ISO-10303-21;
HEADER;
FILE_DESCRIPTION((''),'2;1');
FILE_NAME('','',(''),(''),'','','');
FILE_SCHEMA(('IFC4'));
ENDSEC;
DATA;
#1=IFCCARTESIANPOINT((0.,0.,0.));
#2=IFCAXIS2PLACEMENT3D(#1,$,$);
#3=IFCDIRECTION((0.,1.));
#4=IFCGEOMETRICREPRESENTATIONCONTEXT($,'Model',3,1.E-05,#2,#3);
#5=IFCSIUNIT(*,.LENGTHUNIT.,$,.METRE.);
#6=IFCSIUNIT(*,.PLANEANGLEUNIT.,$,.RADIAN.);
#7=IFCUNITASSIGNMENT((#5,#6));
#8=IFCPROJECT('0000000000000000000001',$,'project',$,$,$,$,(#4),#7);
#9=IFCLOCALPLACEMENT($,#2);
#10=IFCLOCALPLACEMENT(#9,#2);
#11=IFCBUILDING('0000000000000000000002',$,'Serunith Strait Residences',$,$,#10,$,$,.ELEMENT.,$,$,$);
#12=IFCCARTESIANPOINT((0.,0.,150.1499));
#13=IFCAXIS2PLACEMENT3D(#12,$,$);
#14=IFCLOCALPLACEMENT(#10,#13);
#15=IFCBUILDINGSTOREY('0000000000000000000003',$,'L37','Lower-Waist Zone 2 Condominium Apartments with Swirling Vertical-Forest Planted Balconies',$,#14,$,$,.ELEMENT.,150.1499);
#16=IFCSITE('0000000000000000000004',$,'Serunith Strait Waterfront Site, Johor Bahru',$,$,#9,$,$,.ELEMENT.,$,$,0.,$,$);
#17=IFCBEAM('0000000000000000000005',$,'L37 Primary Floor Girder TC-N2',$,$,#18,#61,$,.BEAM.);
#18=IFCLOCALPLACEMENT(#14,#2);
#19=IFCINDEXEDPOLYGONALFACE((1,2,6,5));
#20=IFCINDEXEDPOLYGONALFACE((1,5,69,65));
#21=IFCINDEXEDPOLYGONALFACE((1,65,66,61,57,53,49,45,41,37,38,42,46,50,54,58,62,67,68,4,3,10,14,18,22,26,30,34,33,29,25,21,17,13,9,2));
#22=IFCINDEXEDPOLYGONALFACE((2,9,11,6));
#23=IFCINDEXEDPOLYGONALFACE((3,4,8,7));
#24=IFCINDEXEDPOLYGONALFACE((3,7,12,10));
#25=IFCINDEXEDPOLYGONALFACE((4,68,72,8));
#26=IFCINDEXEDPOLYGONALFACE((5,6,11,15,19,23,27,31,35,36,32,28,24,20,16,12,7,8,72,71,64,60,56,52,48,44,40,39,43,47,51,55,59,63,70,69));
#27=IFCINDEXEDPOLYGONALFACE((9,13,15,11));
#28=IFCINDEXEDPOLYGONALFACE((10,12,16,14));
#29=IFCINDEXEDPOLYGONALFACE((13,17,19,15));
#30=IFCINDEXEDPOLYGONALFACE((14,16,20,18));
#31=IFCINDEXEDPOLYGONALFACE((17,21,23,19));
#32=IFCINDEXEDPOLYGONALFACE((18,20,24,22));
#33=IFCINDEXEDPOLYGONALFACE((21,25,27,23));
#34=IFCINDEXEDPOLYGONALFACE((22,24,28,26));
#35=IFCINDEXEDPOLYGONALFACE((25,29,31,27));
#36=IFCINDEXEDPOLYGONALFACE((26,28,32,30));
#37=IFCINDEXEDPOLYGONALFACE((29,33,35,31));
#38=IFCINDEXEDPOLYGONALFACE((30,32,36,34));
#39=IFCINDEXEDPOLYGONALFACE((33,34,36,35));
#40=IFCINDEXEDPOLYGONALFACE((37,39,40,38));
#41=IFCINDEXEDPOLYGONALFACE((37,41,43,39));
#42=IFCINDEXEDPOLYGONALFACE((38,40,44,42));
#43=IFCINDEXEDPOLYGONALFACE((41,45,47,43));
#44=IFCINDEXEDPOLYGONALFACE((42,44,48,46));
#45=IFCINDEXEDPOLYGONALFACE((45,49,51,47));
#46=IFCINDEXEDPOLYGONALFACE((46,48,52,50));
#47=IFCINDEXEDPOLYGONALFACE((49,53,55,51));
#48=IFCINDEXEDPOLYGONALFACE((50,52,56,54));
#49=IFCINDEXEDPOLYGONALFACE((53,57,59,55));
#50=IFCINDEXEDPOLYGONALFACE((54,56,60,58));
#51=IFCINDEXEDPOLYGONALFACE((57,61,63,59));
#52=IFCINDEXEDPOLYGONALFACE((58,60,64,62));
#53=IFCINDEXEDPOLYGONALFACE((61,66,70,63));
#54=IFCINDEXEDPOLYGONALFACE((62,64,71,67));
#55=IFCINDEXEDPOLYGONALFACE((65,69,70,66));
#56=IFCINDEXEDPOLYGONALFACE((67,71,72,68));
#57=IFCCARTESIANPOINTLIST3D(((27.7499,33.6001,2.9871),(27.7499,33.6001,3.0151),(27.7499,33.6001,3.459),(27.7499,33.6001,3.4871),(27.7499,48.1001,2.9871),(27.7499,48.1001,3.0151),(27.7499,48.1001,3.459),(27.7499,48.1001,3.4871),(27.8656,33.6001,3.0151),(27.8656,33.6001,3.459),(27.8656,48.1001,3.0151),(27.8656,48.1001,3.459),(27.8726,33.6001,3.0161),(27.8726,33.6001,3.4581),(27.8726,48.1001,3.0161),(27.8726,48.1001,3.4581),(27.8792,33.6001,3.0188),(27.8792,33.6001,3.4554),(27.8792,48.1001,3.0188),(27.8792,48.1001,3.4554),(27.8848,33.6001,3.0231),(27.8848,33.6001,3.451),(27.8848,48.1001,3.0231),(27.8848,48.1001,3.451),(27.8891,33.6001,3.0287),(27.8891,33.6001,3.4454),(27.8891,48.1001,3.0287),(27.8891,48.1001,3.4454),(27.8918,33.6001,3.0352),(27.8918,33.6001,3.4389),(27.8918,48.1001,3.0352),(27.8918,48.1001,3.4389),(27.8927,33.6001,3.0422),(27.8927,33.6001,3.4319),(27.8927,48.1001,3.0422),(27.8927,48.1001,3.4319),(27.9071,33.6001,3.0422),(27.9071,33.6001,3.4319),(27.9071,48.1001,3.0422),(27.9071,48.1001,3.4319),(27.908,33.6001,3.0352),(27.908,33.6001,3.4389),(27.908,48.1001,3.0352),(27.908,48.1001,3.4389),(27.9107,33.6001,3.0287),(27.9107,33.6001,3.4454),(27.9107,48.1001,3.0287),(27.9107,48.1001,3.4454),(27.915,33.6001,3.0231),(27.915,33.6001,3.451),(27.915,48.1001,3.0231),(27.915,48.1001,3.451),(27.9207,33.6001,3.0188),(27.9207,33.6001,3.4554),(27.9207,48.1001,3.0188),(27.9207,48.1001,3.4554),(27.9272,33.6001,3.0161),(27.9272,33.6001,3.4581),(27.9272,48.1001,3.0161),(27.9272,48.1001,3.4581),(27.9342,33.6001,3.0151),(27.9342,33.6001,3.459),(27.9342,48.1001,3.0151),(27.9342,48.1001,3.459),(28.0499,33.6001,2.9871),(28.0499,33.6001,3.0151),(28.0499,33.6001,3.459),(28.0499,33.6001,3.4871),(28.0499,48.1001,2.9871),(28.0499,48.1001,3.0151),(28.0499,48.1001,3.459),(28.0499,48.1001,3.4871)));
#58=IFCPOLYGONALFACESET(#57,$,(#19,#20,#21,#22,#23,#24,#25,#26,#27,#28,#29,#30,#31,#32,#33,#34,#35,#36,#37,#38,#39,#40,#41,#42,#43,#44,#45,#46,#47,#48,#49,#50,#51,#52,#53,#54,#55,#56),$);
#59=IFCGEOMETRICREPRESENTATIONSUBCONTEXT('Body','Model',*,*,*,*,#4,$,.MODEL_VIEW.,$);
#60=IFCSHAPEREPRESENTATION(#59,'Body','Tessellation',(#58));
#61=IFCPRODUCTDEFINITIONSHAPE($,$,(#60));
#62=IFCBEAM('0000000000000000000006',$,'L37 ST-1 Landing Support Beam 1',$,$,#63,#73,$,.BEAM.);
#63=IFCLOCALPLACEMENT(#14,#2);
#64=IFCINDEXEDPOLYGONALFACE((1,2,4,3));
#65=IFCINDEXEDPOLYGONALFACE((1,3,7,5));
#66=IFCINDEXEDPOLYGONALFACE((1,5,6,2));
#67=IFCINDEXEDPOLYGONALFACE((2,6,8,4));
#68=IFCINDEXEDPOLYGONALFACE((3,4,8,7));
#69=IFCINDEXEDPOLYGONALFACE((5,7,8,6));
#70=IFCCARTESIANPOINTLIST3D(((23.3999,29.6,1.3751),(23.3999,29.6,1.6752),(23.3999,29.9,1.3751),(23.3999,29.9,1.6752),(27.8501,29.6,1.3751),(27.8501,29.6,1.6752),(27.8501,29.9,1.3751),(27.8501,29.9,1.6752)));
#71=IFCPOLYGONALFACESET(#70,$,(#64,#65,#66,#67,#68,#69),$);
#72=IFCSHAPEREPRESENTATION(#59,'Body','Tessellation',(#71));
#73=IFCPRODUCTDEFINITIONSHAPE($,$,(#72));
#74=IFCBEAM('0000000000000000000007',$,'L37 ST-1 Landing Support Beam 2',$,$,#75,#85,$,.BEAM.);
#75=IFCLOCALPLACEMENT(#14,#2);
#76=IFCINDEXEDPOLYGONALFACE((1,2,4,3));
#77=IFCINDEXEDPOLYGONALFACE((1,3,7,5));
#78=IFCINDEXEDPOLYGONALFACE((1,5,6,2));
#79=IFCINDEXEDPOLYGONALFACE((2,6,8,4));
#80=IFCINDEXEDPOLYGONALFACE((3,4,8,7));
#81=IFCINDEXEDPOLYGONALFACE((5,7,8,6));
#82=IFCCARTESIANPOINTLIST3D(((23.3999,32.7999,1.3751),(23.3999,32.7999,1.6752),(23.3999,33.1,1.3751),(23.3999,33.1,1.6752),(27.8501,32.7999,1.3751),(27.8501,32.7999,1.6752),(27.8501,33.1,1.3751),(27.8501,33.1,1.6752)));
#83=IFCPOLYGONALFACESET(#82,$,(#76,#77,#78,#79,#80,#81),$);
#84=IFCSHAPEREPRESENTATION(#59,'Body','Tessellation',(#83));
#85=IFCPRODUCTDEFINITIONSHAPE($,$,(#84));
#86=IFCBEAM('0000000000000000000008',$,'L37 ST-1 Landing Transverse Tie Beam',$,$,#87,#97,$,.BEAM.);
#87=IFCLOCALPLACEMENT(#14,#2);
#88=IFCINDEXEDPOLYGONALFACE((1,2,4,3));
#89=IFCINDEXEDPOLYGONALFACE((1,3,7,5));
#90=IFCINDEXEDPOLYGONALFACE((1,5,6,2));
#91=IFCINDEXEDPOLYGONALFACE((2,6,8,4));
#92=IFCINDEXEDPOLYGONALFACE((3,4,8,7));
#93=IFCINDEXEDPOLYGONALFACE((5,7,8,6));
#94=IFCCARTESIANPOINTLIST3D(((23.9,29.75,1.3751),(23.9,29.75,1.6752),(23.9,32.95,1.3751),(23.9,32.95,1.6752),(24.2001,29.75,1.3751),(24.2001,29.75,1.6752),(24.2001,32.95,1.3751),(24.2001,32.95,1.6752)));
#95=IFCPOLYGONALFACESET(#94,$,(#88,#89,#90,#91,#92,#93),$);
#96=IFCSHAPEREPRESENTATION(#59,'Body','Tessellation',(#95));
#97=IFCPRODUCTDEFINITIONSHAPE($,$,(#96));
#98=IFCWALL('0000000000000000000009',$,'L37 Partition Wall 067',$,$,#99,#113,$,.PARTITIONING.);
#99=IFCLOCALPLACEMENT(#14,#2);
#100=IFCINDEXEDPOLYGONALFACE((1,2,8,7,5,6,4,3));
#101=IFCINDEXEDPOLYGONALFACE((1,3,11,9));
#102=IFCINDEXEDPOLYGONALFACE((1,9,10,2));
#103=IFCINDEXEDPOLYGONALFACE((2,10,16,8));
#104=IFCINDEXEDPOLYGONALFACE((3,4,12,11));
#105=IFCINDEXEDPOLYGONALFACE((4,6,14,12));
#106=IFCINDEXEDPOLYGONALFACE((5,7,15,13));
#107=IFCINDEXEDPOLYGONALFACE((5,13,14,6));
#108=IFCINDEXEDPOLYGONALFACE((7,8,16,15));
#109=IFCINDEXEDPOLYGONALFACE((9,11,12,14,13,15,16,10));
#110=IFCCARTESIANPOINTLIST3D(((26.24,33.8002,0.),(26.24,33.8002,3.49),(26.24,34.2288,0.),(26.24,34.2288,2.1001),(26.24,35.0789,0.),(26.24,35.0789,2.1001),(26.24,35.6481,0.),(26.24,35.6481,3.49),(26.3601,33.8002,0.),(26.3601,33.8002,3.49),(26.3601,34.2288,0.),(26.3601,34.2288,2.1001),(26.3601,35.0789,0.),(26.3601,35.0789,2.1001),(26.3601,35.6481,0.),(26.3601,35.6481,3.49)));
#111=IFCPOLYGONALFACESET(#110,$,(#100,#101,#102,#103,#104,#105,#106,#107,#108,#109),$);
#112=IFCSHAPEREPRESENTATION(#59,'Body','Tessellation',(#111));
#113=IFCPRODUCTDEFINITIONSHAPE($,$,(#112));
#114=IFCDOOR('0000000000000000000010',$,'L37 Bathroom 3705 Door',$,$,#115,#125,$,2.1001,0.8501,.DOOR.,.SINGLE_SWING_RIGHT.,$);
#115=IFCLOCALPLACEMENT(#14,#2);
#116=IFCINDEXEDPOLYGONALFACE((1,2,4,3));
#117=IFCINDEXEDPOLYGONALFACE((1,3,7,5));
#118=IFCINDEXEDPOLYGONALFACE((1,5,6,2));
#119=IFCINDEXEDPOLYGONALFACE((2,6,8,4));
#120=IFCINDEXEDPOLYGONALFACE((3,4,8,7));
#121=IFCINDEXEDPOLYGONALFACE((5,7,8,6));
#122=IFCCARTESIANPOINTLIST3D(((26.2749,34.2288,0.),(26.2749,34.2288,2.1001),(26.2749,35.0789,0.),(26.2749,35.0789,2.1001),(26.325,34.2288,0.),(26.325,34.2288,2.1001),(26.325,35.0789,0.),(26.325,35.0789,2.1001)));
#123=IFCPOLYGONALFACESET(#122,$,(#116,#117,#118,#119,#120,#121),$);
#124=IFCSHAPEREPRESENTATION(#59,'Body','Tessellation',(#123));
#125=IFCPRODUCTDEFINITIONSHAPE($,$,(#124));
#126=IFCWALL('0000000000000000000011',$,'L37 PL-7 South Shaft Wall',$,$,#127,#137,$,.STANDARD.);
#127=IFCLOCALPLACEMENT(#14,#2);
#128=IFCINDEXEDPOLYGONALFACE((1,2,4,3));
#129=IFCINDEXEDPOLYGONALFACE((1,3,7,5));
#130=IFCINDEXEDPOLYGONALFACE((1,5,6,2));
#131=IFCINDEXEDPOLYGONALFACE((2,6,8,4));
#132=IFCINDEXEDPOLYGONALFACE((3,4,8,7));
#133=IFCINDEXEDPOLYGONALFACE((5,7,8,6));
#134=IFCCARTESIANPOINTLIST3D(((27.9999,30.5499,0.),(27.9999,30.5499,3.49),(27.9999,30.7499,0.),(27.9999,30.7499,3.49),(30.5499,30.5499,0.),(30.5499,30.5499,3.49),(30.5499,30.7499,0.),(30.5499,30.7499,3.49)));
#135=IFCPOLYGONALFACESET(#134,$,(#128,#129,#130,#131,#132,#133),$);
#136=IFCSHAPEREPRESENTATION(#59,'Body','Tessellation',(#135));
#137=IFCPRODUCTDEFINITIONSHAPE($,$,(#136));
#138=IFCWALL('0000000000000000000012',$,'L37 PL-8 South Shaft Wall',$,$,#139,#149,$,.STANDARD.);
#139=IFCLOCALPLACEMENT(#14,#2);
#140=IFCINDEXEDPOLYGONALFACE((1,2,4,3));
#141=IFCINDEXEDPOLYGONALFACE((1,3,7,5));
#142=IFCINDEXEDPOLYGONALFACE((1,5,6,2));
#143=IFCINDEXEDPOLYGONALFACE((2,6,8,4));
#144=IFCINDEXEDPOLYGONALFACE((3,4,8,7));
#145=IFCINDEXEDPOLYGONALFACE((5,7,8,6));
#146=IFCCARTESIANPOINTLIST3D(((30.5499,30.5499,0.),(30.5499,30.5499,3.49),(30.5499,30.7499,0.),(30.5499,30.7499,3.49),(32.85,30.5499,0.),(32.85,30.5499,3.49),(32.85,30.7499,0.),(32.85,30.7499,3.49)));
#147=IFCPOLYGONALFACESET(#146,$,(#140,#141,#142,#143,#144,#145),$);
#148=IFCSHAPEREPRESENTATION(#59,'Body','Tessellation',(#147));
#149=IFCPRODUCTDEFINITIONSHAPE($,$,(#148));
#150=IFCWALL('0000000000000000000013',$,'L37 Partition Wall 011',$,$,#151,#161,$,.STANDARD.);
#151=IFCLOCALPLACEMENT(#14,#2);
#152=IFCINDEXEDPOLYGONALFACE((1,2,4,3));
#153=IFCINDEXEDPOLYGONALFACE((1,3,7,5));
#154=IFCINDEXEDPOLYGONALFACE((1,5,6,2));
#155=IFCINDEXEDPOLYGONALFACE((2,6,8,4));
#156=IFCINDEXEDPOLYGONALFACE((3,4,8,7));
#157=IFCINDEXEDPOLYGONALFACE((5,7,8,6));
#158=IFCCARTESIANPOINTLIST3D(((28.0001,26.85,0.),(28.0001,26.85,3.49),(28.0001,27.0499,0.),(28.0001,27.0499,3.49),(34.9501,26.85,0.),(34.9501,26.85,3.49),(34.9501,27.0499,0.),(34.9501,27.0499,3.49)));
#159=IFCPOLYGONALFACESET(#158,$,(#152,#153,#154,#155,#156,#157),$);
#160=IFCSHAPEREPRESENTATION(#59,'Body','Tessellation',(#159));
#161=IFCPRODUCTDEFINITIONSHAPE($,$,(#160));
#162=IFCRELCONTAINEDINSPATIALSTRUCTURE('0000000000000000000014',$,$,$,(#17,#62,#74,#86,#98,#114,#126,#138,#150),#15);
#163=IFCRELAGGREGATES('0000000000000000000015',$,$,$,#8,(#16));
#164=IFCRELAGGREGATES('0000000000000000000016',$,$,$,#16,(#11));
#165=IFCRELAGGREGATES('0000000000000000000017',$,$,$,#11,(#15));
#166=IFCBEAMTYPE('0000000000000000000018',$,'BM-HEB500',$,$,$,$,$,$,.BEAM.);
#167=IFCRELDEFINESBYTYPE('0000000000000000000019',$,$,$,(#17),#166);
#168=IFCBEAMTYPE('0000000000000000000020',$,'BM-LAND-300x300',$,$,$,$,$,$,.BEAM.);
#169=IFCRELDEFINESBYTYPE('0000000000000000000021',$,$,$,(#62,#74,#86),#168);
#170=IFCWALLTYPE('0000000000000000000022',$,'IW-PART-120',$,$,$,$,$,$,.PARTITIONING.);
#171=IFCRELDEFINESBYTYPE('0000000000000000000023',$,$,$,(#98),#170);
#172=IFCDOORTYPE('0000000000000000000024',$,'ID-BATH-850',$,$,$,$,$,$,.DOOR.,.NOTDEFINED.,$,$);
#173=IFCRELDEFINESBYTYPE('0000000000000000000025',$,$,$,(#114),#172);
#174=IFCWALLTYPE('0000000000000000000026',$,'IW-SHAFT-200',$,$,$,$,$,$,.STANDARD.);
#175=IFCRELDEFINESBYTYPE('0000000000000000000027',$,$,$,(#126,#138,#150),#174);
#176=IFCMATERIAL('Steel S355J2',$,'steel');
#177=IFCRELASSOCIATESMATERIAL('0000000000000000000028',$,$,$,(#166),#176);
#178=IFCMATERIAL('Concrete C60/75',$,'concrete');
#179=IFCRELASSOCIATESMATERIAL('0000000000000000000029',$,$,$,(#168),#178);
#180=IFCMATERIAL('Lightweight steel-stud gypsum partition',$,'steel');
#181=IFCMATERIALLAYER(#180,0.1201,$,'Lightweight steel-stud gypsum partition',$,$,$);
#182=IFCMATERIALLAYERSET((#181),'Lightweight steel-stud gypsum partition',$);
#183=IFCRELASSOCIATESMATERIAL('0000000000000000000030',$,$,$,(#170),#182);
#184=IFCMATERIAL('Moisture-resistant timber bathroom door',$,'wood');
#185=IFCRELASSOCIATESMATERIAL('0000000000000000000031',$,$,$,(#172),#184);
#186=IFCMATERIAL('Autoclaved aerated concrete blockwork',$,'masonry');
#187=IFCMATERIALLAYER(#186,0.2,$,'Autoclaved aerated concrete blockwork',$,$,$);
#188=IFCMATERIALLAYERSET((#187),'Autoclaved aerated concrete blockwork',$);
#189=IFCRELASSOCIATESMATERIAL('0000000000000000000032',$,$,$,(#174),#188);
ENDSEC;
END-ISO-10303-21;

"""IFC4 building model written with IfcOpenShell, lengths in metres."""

from ifc_helpers import new_model, si_unit, direction, frame, frame_2d, origin, origin_2d, place, context, subcontext, project, spatial, rectangle, i_section, extrude, source, transform, mapped, material, layer, layer_set, material_profile, profile_set, type_object, element, fill, save


model = new_model("IFC4")

# Units and contexts
model_context = context("Model", 3, precision=1e-05, world=origin(), true_north=direction((0.0, 1.0)))
body_context = subcontext(model_context, "Body", "Model", "MODEL_VIEW")
ifc_project = project(units=[si_unit("LENGTHUNIT", "METRE"), si_unit("PLANEANGLEUNIT", "RADIAN")], contexts=[model_context])

# Site, building, storey
site_placement = place(None, origin())
site = spatial("IfcSite", under=ifc_project, at=site_placement, Name="Serunith Strait Waterfront Site, Johor Bahru", CompositionType="ELEMENT", RefElevation=0.0)
building_placement = place(site_placement, origin())
building = spatial("IfcBuilding", under=site, at=building_placement, Name="Serunith Strait Residences", CompositionType="ELEMENT")
storey_placement = place(building_placement, frame((0.0, 0.0, 150.1499)))
storey = spatial("IfcBuildingStorey", under=building, at=storey_placement, Name="L37", Description="Lower-Waist Zone 2 Condominium Apartments with Swirling Vertical-Forest Planted Balconies", CompositionType="ELEMENT", Elevation=150.1499)

# Beams
ifc_material_1 = material(Name="Steel S355J2", Category="steel")
ifc_material_profile_1 = material_profile(ifc_material_1, i_section(OverallWidth=0.3, OverallDepth=0.5, WebThickness=0.0144, FlangeThickness=0.0281, FilletRadius=0.0271, at=origin_2d()), Name="HEB 500")
ifc_profile_set_1 = profile_set([ifc_material_profile_1], Name="Steel S355J2")
beam_type_1 = type_object("IfcBeamType", Name="BM-HEB500", PredefinedType="BEAM", material=ifc_profile_set_1)
shared_shape_1 = source(origin(), body_context, "Body", "SweptSolid", [
    extrude(i_section(OverallWidth=0.3, OverallDepth=0.5, WebThickness=0.0144, FlangeThickness=0.0281, FilletRadius=0.0271, at=origin_2d()), origin(), (0.0, 0.0, 1.0), 14.5),
])
beam_1_placement = place(storey_placement, frame((27.8999, 33.6001, 3.2371), z_axis=(0.0, 1.0, 0.0), x_axis=(-1.0, 0.0, 0.0)))
element("IfcBeam", 1, at=beam_1_placement, inside=storey, type_object=beam_type_1, Name="L37 Primary Floor Girder TC-N2", PredefinedType="BEAM", context=body_context, shape_type="MappedRepresentation", body=[
    mapped(shared_shape_1, transform((0.0, 0.0, 0.0), scale=1.0)),
])
ifc_material_2 = material(Name="Concrete C60/75", Category="concrete")
ifc_material_profile_2 = material_profile(ifc_material_2, rectangle(XDim=0.3, YDim=0.3, at=origin_2d()), Name="RC 300x300")
ifc_profile_set_2 = profile_set([ifc_material_profile_2], Name="Concrete C60/75")
beam_type_2 = type_object("IfcBeamType", Name="BM-LAND-300x300", PredefinedType="BEAM", material=ifc_profile_set_2)
shared_shape_2 = source(origin(), body_context, "Body", "SweptSolid", [
    extrude(rectangle(XDim=0.3, YDim=0.3, at=origin_2d()), origin(), (0.0, 0.0, 1.0), 4.4502),
])
for number, where, z_axis, x_axis, name in (
    (2, (23.3999, 29.75, 1.5251), (1.0, 0.0, 0.0), (0.0, 1.0, 0.0), "L37 ST-1 Landing Support Beam 1"),
    (3, (23.3999, 32.95, 1.5251), (1.0, 0.0, 0.0), (0.0, 1.0, 0.0), "L37 ST-1 Landing Support Beam 2"),
):
    element("IfcBeam", number, at=place(storey_placement, frame(where, z_axis=z_axis, x_axis=x_axis)), inside=storey, type_object=beam_type_2, Name=name, PredefinedType="BEAM", context=body_context, shape_type="MappedRepresentation", body=[
        mapped(shared_shape_2, transform((0.0, 0.0, 0.0), scale=1.0)),
    ])
shared_shape_3 = source(origin(), body_context, "Body", "SweptSolid", [
    extrude(rectangle(XDim=0.3, YDim=0.3, at=origin_2d()), origin(), (0.0, 0.0, 1.0), 3.2),
])
beam_2_placement = place(storey_placement, frame((24.05, 29.75, 1.5251), z_axis=(0.0, 1.0, 0.0), x_axis=(-1.0, 0.0, 0.0)))
element("IfcBeam", 4, at=beam_2_placement, inside=storey, type_object=beam_type_2, Name="L37 ST-1 Landing Transverse Tie Beam", PredefinedType="BEAM", context=body_context, shape_type="MappedRepresentation", body=[
    mapped(shared_shape_3, transform((0.0, 0.0, 0.0), scale=1.0)),
])

# Wall, opening, door
ifc_material_3 = material(Name="Lightweight steel-stud gypsum partition", Category="steel")
ifc_layer_1 = layer(ifc_material_3, 0.1201, Name="Lightweight steel-stud gypsum partition")
ifc_layer_set_1 = layer_set([ifc_layer_1], Name="Lightweight steel-stud gypsum partition")
wall_type_1 = type_object("IfcWallType", Name="IW-PART-120", PredefinedType="PARTITIONING", material=ifc_layer_set_1)
wall_1_placement = place(storey_placement, frame((26.3, 35.6479, 0.0), z_axis=(0.0, 0.0, 1.0), x_axis=(0.0, -1.0, 0.0)))
wall_1 = element("IfcWall", 5, at=wall_1_placement, inside=storey, type_object=wall_type_1, Name="L37 Partition Wall 067", PredefinedType="PARTITIONING", context=body_context, shape_type="SweptSolid", body=[
    extrude(rectangle(XDim=1.8479, YDim=0.1201, at=frame_2d((0.9238, 0.0))), origin(), (0.0, 0.0, 1.0), 3.49),
])
opening_placement = place(wall_1_placement, frame((0.5691, 0.0, 0.0)))
opening = element("IfcOpeningElement", 6, at=opening_placement, cuts=wall_1, PredefinedType="OPENING", context=body_context, shape_type="SweptSolid", body=[
    extrude(rectangle(XDim=0.8501, YDim=2.1001, at=frame_2d((0.425, 1.05))), frame((0.0, 0.0701, 0.0), z_axis=(0.0, -1.0, 0.0), x_axis=(1.0, 0.0, 0.0)), (0.0, 0.0, 1.0), 0.1401),
])
ifc_material_4 = material(Name="Moisture-resistant timber bathroom door", Category="wood")
door_type = type_object("IfcDoorType", Name="ID-BATH-850", OperationType="NOTDEFINED", PredefinedType="DOOR", material=ifc_material_4)
shared_shape_4 = source(origin(), body_context, "Body", "SweptSolid", [
    extrude(rectangle(XDim=0.8501, YDim=2.1001, at=frame_2d((0.425, 1.05))), frame((0.0, 0.0249, 0.0), z_axis=(0.0, -1.0, 0.0), x_axis=(1.0, 0.0, 0.0)), (0.0, 0.0, 1.0), 0.05),
])
door_placement = place(opening_placement, origin())
door = element("IfcDoor", 7, at=door_placement, inside=storey, type_object=door_type, Name="L37 Bathroom 3705 Door", OperationType="SINGLE_SWING_RIGHT", OverallHeight=2.1001, OverallWidth=0.8501, PredefinedType="DOOR", context=body_context, shape_type="MappedRepresentation", body=[
    mapped(shared_shape_4, transform((0.0, 0.0, 0.0), scale=1.0)),
])
fill(opening, door)

# Walls
ifc_material_5 = material(Name="Autoclaved aerated concrete blockwork", Category="masonry")
ifc_layer_2 = layer(ifc_material_5, 0.2, Name="Autoclaved aerated concrete blockwork")
ifc_layer_set_2 = layer_set([ifc_layer_2], Name="Autoclaved aerated concrete blockwork")
wall_type_2 = type_object("IfcWallType", Name="IW-SHAFT-200", PredefinedType="STANDARD", material=ifc_layer_set_2)
wall_2_placement = place(storey_placement, frame((28.0, 30.6499, 0.0), z_axis=(0.0, 0.0, 1.0), x_axis=(1.0, 0.0, 0.0)))
element("IfcWall", 8, at=wall_2_placement, inside=storey, type_object=wall_type_2, Name="L37 PL-7 South Shaft Wall", PredefinedType="STANDARD", context=body_context, shape_type="SweptSolid", body=[
    extrude(rectangle(XDim=2.55, YDim=0.2, at=frame_2d((1.2749, 0.0))), origin(), (0.0, 0.0, 1.0), 3.49),
])
wall_3_placement = place(storey_placement, frame((30.55, 30.6499, 0.0), z_axis=(0.0, 0.0, 1.0), x_axis=(1.0, 0.0, 0.0)))
element("IfcWall", 9, at=wall_3_placement, inside=storey, type_object=wall_type_2, Name="L37 PL-8 South Shaft Wall", PredefinedType="STANDARD", context=body_context, shape_type="SweptSolid", body=[
    extrude(rectangle(XDim=2.3, YDim=0.2, at=frame_2d((1.1499, 0.0))), origin(), (0.0, 0.0, 1.0), 3.49),
])
wall_4_placement = place(storey_placement, frame((28.0, 26.95, 0.0), z_axis=(0.0, 0.0, 1.0), x_axis=(1.0, 0.0, 0.0)))
element("IfcWall", 10, at=wall_4_placement, inside=storey, type_object=wall_type_2, Name="L37 Partition Wall 011", PredefinedType="STANDARD", context=body_context, shape_type="SweptSolid", body=[
    extrude(rectangle(XDim=6.95, YDim=0.2, at=frame_2d((3.4751, 0.0))), origin(), (0.0, 0.0, 1.0), 3.49),
])

save(model, "model.ifc")
